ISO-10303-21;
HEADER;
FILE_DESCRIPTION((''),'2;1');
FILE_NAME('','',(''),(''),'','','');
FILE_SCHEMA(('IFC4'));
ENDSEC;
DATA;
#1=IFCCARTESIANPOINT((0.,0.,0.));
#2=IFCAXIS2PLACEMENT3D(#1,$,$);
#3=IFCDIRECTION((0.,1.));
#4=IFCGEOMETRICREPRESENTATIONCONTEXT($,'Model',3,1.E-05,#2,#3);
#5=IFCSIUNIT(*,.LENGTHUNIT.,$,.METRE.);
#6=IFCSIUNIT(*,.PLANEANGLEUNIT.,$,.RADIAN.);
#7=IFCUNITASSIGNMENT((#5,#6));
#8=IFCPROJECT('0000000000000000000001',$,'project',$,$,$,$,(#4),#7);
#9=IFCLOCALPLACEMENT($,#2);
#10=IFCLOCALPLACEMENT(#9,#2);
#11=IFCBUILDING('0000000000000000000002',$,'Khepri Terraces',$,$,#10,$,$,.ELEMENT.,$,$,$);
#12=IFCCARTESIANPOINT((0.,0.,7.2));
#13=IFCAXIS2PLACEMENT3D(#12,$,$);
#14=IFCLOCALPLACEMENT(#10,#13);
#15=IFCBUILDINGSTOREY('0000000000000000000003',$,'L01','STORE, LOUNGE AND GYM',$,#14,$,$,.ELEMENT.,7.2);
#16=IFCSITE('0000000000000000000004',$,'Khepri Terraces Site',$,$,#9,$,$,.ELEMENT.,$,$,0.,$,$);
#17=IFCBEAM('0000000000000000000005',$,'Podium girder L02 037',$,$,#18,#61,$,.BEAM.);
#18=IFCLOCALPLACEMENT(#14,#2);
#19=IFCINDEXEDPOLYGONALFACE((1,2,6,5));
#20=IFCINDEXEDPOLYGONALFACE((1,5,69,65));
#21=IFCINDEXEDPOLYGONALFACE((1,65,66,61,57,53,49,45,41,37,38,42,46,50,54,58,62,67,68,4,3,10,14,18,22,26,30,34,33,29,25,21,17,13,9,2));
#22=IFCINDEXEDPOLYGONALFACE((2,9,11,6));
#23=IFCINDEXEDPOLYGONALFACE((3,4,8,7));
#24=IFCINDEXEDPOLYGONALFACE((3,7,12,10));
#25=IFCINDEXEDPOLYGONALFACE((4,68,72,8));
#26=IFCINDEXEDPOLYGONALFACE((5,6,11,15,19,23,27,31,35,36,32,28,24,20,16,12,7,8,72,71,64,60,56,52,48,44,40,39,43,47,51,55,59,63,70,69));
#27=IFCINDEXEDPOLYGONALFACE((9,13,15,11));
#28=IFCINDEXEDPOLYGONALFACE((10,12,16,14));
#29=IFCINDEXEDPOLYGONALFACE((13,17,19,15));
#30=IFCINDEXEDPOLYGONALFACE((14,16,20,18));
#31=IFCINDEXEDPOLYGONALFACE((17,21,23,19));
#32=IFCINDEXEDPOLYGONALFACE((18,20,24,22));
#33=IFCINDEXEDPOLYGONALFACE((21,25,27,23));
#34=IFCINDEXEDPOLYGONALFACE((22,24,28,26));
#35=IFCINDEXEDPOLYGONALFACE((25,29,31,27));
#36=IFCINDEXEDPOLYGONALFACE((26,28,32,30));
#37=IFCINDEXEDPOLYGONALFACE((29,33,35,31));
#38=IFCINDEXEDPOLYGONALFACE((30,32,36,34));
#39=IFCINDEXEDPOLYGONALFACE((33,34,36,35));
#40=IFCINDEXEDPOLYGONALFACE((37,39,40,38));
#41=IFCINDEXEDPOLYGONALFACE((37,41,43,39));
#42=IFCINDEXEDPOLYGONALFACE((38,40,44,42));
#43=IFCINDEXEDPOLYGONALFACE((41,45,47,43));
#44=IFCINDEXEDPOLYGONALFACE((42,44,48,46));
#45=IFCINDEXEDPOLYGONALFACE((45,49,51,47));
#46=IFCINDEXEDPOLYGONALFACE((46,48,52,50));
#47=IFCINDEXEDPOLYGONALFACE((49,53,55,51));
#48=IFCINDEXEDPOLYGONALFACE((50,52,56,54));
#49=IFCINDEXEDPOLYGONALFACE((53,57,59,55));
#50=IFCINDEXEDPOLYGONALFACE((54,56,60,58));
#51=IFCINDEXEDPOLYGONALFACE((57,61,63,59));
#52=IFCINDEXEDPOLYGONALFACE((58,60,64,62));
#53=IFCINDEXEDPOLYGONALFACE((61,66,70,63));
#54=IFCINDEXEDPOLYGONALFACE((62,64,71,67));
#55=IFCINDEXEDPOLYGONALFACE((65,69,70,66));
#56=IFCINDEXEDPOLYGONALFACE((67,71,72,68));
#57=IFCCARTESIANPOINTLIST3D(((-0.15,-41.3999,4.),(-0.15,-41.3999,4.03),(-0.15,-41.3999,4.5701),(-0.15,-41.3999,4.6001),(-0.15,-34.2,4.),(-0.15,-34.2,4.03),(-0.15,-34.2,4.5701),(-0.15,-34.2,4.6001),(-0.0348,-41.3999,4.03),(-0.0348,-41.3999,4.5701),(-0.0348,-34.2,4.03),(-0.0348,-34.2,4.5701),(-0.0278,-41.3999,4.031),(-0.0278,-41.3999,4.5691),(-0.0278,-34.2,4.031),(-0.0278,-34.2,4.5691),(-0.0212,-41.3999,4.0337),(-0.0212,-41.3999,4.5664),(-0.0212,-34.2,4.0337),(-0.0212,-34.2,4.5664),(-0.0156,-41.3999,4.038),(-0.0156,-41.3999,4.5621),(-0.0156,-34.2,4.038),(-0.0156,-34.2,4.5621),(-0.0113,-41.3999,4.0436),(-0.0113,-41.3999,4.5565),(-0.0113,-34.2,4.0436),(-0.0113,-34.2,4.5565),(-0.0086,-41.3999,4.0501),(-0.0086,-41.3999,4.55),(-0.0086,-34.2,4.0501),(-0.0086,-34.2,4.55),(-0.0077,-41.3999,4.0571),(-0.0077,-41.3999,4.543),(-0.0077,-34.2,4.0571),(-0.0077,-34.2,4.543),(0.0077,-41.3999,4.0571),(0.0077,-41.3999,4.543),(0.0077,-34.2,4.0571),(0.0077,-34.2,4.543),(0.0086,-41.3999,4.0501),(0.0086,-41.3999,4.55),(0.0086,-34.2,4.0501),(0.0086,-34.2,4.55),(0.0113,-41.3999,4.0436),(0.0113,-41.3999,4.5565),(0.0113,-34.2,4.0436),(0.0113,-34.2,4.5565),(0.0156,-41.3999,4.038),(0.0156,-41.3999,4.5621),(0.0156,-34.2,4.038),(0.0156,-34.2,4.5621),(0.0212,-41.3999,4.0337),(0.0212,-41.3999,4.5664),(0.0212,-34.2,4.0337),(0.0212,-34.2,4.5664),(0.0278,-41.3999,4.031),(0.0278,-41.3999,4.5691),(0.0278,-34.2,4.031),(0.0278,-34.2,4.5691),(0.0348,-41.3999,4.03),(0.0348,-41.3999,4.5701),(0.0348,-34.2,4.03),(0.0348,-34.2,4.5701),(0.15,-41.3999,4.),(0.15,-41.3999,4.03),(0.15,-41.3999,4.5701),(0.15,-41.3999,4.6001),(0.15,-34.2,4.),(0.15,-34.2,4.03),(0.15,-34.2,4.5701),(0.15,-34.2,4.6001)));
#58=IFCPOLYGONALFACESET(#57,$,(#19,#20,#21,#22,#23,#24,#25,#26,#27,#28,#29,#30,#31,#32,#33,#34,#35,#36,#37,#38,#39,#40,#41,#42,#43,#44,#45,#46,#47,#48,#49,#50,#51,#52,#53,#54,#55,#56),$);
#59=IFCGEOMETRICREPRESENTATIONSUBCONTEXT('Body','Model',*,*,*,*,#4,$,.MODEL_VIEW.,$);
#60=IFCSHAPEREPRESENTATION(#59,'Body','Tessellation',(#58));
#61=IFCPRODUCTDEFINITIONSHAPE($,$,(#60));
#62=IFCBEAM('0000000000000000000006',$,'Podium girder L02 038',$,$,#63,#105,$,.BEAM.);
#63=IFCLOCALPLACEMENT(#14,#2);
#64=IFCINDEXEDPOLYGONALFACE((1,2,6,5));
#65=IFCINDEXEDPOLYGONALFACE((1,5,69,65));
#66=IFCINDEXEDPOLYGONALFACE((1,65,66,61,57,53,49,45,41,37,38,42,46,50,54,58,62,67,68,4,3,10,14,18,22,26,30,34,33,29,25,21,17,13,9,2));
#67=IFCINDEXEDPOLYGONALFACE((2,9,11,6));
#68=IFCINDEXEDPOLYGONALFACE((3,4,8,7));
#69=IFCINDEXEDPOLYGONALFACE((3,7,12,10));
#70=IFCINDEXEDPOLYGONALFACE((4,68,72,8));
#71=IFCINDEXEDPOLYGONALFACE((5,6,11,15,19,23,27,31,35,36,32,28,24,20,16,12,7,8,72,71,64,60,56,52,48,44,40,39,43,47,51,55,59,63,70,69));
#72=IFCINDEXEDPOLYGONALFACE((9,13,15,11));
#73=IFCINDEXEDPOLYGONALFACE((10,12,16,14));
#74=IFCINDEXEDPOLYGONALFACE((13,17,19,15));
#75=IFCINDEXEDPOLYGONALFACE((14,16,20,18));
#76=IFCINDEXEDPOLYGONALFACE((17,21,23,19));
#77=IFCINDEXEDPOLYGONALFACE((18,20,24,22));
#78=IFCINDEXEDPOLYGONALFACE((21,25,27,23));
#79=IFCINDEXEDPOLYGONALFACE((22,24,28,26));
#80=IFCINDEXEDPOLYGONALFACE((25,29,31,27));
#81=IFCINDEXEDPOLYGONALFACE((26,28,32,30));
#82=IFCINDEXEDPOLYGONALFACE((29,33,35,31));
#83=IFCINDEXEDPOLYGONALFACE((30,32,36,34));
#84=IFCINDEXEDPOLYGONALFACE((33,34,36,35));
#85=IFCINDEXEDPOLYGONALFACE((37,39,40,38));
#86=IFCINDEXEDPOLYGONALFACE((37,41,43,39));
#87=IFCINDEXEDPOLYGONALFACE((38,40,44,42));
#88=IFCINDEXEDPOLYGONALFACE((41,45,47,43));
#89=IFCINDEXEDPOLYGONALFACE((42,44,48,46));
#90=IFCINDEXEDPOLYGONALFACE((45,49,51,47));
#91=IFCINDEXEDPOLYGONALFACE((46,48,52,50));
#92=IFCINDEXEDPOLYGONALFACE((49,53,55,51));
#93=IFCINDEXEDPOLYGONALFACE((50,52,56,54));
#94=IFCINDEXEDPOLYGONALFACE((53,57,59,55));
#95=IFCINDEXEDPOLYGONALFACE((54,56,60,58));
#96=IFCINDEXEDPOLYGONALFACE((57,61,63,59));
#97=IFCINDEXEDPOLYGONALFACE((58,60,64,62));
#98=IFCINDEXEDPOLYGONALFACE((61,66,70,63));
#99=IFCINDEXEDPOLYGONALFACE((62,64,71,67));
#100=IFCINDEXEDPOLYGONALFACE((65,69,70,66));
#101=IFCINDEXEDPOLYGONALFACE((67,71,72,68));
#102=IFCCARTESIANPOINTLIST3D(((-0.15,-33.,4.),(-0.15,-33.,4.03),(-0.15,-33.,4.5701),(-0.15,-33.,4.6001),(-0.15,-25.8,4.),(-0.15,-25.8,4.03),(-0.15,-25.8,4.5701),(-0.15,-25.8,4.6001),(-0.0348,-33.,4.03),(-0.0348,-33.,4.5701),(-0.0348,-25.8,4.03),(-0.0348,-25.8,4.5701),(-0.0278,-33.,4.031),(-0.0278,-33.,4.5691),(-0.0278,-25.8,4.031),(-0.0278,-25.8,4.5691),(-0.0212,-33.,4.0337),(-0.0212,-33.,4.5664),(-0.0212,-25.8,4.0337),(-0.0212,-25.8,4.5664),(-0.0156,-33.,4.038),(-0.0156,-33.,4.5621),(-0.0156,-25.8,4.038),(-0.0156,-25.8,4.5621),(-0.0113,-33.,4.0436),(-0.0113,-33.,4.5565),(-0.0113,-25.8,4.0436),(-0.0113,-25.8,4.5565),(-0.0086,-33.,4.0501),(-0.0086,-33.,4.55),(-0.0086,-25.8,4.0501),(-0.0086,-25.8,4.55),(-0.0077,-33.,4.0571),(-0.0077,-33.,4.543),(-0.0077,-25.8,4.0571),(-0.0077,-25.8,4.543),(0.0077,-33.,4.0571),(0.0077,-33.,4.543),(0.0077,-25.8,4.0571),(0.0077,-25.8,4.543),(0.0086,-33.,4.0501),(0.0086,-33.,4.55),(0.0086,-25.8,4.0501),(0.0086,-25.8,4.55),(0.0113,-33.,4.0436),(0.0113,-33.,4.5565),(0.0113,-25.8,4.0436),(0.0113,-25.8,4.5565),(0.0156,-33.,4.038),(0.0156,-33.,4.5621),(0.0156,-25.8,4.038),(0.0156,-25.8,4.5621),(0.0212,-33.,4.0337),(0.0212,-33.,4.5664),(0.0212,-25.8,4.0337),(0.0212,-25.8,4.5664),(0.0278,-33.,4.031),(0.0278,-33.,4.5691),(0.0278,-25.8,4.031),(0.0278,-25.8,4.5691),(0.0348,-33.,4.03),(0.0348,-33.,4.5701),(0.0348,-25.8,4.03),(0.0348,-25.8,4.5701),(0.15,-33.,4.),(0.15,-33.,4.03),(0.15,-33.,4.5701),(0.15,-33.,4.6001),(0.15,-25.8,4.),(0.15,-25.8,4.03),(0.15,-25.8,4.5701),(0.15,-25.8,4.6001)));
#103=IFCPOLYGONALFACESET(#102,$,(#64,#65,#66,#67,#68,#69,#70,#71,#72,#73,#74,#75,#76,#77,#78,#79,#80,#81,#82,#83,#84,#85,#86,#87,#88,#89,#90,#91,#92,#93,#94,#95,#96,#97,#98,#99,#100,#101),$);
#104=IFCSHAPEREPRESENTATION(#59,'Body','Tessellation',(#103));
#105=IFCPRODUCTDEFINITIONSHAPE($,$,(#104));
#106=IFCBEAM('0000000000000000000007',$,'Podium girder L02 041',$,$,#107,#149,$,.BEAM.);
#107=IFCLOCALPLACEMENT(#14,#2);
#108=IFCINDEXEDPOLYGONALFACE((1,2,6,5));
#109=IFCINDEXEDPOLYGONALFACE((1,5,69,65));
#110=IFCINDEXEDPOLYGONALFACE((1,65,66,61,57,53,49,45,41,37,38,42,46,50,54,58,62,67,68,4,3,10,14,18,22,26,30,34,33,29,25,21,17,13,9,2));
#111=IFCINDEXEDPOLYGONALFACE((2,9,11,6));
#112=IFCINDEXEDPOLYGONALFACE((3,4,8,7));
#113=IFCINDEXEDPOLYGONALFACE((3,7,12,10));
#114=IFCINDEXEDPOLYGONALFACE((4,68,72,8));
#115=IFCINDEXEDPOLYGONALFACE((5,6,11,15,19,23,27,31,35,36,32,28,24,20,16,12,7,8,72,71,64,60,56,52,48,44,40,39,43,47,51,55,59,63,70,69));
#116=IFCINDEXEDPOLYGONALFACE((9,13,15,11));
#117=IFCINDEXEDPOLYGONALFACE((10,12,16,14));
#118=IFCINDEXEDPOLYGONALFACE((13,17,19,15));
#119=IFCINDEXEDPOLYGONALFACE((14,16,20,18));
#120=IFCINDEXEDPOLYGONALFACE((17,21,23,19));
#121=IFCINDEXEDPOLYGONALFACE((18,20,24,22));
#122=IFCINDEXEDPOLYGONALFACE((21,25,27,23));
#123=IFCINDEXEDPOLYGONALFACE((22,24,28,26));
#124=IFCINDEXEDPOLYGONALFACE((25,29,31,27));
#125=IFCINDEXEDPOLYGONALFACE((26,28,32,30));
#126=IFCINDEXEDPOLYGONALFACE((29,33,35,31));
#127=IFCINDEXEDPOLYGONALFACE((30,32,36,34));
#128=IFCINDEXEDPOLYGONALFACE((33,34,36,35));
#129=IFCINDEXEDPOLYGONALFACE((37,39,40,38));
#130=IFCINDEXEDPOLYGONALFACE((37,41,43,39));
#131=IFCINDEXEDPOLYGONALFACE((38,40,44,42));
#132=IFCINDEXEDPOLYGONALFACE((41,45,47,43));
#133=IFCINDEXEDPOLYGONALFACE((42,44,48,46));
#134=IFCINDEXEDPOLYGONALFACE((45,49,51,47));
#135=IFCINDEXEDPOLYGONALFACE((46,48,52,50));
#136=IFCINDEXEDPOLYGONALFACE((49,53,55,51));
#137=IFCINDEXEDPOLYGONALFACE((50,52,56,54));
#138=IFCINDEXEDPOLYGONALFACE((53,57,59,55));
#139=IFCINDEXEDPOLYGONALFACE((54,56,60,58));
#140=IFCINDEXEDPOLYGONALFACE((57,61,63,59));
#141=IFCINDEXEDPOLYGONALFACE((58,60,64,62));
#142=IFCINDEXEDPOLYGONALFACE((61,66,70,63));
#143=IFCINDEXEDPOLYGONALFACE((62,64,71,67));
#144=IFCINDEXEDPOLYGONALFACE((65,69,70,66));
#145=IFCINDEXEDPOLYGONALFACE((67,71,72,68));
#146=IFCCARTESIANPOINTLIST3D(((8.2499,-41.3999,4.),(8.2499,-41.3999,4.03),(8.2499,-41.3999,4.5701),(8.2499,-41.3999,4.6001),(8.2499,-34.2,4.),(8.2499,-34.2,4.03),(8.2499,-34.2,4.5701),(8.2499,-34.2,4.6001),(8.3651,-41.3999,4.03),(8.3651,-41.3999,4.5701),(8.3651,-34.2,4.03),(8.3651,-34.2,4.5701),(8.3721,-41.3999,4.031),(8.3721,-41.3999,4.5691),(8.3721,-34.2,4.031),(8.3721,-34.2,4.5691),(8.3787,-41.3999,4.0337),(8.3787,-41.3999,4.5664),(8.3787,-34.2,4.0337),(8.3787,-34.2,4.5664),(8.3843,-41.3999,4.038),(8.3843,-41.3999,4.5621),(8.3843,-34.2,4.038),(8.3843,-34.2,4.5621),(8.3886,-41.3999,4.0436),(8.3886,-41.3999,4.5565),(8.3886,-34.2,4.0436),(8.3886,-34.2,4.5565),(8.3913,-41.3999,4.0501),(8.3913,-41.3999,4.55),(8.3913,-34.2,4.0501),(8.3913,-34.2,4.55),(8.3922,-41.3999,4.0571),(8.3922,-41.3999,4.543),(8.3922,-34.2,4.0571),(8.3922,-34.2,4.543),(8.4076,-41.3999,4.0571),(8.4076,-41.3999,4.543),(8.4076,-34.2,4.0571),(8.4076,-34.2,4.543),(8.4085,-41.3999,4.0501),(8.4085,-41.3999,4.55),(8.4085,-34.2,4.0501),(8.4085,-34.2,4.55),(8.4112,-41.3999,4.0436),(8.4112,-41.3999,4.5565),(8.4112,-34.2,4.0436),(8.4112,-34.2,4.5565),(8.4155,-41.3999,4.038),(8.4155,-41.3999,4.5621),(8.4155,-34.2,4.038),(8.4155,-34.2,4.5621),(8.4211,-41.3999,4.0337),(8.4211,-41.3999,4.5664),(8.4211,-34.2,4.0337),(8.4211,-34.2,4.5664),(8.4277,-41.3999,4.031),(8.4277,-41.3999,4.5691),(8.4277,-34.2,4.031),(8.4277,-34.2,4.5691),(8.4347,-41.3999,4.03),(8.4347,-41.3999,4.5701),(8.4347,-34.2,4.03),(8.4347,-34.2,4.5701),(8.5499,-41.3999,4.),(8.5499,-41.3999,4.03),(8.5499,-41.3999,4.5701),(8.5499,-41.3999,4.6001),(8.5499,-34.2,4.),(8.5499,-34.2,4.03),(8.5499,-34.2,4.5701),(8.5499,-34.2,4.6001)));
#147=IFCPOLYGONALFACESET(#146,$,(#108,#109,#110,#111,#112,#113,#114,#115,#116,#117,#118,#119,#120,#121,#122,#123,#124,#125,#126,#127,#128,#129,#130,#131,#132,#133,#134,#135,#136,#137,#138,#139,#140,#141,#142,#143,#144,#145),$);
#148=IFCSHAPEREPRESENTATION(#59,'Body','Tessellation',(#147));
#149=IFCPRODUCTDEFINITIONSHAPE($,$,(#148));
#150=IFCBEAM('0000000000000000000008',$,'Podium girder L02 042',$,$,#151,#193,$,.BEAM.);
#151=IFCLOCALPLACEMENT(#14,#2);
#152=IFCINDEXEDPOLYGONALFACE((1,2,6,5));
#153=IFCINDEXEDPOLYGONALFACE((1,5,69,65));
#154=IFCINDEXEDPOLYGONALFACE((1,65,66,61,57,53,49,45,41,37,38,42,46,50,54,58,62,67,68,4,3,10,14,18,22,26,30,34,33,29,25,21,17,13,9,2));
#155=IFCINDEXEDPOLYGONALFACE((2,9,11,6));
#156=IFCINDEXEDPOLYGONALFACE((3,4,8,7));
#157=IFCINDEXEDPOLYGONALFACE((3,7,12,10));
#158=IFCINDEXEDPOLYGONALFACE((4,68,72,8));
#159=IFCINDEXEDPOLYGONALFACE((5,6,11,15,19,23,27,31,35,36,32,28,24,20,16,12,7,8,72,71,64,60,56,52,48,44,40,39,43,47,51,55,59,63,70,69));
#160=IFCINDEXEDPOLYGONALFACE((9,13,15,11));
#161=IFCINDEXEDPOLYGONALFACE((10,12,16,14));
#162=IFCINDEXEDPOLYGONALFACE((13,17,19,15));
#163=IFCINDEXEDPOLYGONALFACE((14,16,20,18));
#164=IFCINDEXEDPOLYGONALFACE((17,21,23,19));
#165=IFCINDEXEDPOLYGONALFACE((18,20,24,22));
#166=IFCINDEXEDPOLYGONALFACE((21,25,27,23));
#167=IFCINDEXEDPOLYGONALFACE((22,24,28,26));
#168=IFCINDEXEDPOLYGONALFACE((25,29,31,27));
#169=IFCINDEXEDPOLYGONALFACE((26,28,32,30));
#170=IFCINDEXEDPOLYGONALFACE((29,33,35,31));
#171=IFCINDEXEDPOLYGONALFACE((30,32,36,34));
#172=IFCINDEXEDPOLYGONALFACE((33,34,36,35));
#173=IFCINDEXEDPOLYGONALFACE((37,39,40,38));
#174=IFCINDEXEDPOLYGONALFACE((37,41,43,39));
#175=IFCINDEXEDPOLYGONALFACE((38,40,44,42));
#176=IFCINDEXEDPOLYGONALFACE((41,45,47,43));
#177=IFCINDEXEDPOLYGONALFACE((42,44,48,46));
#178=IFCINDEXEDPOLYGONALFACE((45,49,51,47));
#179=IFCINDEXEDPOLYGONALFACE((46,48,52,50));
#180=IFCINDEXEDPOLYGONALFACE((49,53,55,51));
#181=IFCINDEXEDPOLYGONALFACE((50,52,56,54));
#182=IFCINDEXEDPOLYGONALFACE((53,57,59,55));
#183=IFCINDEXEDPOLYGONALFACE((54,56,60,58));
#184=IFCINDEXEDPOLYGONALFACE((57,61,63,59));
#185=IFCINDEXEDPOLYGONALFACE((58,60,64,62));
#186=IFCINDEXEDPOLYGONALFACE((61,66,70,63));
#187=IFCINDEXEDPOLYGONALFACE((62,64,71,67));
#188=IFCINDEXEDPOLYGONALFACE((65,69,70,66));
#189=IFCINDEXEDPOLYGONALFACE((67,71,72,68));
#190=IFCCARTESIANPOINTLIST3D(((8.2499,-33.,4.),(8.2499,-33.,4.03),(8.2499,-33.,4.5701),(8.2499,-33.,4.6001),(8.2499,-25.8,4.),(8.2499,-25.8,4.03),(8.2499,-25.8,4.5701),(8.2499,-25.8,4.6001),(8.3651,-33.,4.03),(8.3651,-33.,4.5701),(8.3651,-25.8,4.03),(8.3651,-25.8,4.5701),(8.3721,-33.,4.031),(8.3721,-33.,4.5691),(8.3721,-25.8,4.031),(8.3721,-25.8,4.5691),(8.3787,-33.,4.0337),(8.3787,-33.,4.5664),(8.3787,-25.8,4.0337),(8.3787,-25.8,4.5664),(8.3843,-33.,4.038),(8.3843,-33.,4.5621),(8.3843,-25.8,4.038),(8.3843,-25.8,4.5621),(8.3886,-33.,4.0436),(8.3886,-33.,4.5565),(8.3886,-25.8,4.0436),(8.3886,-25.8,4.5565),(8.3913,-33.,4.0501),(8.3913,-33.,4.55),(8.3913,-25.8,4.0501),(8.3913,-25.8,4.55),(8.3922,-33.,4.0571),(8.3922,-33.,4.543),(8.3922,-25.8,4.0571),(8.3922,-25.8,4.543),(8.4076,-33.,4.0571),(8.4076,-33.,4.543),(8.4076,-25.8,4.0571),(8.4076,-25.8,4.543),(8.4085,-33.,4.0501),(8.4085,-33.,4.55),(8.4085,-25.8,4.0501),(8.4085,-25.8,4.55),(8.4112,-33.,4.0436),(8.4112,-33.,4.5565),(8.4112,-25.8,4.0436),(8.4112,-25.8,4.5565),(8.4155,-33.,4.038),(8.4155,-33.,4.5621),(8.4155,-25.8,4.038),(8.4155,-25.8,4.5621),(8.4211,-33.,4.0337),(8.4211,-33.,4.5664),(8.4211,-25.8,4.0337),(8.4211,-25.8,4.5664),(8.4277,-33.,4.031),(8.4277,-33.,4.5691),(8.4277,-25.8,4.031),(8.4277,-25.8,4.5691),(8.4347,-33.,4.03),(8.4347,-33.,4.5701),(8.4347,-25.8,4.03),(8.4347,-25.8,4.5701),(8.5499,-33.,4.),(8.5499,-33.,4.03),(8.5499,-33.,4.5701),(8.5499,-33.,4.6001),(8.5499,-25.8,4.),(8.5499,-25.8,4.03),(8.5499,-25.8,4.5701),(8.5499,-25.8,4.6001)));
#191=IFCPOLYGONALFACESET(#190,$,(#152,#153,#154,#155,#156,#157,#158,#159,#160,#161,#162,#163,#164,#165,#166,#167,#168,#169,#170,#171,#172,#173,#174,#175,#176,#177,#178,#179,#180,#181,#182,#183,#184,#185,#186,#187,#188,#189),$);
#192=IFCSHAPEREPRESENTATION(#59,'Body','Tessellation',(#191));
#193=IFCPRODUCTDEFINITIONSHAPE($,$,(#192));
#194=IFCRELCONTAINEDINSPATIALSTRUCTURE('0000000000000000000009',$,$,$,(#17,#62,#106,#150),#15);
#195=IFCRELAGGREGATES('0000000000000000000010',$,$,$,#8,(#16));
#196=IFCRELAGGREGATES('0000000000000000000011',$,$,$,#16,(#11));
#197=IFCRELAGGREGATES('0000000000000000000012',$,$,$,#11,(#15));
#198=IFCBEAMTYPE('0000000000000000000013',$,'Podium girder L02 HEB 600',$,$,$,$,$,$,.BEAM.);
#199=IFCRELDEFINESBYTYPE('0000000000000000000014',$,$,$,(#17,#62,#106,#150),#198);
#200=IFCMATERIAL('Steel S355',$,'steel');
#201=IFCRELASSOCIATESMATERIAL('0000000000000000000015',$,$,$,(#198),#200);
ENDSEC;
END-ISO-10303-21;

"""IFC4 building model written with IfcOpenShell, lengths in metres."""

from ifc_helpers import new_model, si_unit, direction, frame, origin, origin_2d, place, context, subcontext, project, spatial, i_section, extrude, material, material_profile, profile_set, type_object, element, save


model = new_model("IFC4")

# Units and contexts
model_context = context("Model", 3, precision=1e-05, world=origin(), true_north=direction((0.0, 1.0)))
body_context = subcontext(model_context, "Body", "Model", "MODEL_VIEW")
ifc_project = project(units=[si_unit("LENGTHUNIT", "METRE"), si_unit("PLANEANGLEUNIT", "RADIAN")], contexts=[model_context])

# Site, building, storey
site_placement = place(None, origin())
site = spatial("IfcSite", under=ifc_project, at=site_placement, Name="Khepri Terraces Site", CompositionType="ELEMENT", RefElevation=0.0)
building_placement = place(site_placement, origin())
building = spatial("IfcBuilding", under=site, at=building_placement, Name="Khepri Terraces", CompositionType="ELEMENT")
storey_placement = place(building_placement, frame((0.0, 0.0, 7.2)))
storey = spatial("IfcBuildingStorey", under=building, at=storey_placement, Name="L01", Description="STORE, LOUNGE AND GYM", CompositionType="ELEMENT", Elevation=7.2)

# Beams
ifc_material_1 = material(Name="Steel S355", Category="steel")
ifc_material_profile_1 = material_profile(ifc_material_1, i_section(OverallWidth=0.3, OverallDepth=0.6001, WebThickness=0.0154, FlangeThickness=0.03, FilletRadius=0.0271, at=origin_2d()), Name="Steel S355", Category="steel")
ifc_profile_set_1 = profile_set([ifc_material_profile_1], Name="Steel S355")
beam_type_1 = type_object("IfcBeamType", Name="Podium girder L02 HEB 600", PredefinedType="BEAM", material=ifc_profile_set_1)
for number, where, z_axis, x_axis, name in (
    (1, (0.0, -41.3999, 4.3), (0.0, 1.0, 0.0), (-1.0, 0.0, 0.0), "Podium girder L02 037"),
    (2, (0.0, -33.0, 4.3), (0.0, 1.0, 0.0), (-1.0, 0.0, 0.0), "Podium girder L02 038"),
    (3, (8.3999, -41.3999, 4.3), (0.0, 1.0, 0.0), (-1.0, 0.0, 0.0), "Podium girder L02 041"),
    (4, (8.3999, -33.0, 4.3), (0.0, 1.0, 0.0), (-1.0, 0.0, 0.0), "Podium girder L02 042"),
):
    element("IfcBeam", number, at=place(storey_placement, frame(where, z_axis=z_axis, x_axis=x_axis)), inside=storey, type_object=beam_type_1, Name=name, PredefinedType="BEAM", context=body_context, shape_type="SweptSolid", body=[
        extrude(i_section(OverallWidth=0.3, OverallDepth=0.6001, WebThickness=0.0154, FlangeThickness=0.03, FilletRadius=0.0271, at=origin_2d()), origin(), (0.0, 0.0, 1.0), 7.2),
    ])

save(model, "model.ifc")
